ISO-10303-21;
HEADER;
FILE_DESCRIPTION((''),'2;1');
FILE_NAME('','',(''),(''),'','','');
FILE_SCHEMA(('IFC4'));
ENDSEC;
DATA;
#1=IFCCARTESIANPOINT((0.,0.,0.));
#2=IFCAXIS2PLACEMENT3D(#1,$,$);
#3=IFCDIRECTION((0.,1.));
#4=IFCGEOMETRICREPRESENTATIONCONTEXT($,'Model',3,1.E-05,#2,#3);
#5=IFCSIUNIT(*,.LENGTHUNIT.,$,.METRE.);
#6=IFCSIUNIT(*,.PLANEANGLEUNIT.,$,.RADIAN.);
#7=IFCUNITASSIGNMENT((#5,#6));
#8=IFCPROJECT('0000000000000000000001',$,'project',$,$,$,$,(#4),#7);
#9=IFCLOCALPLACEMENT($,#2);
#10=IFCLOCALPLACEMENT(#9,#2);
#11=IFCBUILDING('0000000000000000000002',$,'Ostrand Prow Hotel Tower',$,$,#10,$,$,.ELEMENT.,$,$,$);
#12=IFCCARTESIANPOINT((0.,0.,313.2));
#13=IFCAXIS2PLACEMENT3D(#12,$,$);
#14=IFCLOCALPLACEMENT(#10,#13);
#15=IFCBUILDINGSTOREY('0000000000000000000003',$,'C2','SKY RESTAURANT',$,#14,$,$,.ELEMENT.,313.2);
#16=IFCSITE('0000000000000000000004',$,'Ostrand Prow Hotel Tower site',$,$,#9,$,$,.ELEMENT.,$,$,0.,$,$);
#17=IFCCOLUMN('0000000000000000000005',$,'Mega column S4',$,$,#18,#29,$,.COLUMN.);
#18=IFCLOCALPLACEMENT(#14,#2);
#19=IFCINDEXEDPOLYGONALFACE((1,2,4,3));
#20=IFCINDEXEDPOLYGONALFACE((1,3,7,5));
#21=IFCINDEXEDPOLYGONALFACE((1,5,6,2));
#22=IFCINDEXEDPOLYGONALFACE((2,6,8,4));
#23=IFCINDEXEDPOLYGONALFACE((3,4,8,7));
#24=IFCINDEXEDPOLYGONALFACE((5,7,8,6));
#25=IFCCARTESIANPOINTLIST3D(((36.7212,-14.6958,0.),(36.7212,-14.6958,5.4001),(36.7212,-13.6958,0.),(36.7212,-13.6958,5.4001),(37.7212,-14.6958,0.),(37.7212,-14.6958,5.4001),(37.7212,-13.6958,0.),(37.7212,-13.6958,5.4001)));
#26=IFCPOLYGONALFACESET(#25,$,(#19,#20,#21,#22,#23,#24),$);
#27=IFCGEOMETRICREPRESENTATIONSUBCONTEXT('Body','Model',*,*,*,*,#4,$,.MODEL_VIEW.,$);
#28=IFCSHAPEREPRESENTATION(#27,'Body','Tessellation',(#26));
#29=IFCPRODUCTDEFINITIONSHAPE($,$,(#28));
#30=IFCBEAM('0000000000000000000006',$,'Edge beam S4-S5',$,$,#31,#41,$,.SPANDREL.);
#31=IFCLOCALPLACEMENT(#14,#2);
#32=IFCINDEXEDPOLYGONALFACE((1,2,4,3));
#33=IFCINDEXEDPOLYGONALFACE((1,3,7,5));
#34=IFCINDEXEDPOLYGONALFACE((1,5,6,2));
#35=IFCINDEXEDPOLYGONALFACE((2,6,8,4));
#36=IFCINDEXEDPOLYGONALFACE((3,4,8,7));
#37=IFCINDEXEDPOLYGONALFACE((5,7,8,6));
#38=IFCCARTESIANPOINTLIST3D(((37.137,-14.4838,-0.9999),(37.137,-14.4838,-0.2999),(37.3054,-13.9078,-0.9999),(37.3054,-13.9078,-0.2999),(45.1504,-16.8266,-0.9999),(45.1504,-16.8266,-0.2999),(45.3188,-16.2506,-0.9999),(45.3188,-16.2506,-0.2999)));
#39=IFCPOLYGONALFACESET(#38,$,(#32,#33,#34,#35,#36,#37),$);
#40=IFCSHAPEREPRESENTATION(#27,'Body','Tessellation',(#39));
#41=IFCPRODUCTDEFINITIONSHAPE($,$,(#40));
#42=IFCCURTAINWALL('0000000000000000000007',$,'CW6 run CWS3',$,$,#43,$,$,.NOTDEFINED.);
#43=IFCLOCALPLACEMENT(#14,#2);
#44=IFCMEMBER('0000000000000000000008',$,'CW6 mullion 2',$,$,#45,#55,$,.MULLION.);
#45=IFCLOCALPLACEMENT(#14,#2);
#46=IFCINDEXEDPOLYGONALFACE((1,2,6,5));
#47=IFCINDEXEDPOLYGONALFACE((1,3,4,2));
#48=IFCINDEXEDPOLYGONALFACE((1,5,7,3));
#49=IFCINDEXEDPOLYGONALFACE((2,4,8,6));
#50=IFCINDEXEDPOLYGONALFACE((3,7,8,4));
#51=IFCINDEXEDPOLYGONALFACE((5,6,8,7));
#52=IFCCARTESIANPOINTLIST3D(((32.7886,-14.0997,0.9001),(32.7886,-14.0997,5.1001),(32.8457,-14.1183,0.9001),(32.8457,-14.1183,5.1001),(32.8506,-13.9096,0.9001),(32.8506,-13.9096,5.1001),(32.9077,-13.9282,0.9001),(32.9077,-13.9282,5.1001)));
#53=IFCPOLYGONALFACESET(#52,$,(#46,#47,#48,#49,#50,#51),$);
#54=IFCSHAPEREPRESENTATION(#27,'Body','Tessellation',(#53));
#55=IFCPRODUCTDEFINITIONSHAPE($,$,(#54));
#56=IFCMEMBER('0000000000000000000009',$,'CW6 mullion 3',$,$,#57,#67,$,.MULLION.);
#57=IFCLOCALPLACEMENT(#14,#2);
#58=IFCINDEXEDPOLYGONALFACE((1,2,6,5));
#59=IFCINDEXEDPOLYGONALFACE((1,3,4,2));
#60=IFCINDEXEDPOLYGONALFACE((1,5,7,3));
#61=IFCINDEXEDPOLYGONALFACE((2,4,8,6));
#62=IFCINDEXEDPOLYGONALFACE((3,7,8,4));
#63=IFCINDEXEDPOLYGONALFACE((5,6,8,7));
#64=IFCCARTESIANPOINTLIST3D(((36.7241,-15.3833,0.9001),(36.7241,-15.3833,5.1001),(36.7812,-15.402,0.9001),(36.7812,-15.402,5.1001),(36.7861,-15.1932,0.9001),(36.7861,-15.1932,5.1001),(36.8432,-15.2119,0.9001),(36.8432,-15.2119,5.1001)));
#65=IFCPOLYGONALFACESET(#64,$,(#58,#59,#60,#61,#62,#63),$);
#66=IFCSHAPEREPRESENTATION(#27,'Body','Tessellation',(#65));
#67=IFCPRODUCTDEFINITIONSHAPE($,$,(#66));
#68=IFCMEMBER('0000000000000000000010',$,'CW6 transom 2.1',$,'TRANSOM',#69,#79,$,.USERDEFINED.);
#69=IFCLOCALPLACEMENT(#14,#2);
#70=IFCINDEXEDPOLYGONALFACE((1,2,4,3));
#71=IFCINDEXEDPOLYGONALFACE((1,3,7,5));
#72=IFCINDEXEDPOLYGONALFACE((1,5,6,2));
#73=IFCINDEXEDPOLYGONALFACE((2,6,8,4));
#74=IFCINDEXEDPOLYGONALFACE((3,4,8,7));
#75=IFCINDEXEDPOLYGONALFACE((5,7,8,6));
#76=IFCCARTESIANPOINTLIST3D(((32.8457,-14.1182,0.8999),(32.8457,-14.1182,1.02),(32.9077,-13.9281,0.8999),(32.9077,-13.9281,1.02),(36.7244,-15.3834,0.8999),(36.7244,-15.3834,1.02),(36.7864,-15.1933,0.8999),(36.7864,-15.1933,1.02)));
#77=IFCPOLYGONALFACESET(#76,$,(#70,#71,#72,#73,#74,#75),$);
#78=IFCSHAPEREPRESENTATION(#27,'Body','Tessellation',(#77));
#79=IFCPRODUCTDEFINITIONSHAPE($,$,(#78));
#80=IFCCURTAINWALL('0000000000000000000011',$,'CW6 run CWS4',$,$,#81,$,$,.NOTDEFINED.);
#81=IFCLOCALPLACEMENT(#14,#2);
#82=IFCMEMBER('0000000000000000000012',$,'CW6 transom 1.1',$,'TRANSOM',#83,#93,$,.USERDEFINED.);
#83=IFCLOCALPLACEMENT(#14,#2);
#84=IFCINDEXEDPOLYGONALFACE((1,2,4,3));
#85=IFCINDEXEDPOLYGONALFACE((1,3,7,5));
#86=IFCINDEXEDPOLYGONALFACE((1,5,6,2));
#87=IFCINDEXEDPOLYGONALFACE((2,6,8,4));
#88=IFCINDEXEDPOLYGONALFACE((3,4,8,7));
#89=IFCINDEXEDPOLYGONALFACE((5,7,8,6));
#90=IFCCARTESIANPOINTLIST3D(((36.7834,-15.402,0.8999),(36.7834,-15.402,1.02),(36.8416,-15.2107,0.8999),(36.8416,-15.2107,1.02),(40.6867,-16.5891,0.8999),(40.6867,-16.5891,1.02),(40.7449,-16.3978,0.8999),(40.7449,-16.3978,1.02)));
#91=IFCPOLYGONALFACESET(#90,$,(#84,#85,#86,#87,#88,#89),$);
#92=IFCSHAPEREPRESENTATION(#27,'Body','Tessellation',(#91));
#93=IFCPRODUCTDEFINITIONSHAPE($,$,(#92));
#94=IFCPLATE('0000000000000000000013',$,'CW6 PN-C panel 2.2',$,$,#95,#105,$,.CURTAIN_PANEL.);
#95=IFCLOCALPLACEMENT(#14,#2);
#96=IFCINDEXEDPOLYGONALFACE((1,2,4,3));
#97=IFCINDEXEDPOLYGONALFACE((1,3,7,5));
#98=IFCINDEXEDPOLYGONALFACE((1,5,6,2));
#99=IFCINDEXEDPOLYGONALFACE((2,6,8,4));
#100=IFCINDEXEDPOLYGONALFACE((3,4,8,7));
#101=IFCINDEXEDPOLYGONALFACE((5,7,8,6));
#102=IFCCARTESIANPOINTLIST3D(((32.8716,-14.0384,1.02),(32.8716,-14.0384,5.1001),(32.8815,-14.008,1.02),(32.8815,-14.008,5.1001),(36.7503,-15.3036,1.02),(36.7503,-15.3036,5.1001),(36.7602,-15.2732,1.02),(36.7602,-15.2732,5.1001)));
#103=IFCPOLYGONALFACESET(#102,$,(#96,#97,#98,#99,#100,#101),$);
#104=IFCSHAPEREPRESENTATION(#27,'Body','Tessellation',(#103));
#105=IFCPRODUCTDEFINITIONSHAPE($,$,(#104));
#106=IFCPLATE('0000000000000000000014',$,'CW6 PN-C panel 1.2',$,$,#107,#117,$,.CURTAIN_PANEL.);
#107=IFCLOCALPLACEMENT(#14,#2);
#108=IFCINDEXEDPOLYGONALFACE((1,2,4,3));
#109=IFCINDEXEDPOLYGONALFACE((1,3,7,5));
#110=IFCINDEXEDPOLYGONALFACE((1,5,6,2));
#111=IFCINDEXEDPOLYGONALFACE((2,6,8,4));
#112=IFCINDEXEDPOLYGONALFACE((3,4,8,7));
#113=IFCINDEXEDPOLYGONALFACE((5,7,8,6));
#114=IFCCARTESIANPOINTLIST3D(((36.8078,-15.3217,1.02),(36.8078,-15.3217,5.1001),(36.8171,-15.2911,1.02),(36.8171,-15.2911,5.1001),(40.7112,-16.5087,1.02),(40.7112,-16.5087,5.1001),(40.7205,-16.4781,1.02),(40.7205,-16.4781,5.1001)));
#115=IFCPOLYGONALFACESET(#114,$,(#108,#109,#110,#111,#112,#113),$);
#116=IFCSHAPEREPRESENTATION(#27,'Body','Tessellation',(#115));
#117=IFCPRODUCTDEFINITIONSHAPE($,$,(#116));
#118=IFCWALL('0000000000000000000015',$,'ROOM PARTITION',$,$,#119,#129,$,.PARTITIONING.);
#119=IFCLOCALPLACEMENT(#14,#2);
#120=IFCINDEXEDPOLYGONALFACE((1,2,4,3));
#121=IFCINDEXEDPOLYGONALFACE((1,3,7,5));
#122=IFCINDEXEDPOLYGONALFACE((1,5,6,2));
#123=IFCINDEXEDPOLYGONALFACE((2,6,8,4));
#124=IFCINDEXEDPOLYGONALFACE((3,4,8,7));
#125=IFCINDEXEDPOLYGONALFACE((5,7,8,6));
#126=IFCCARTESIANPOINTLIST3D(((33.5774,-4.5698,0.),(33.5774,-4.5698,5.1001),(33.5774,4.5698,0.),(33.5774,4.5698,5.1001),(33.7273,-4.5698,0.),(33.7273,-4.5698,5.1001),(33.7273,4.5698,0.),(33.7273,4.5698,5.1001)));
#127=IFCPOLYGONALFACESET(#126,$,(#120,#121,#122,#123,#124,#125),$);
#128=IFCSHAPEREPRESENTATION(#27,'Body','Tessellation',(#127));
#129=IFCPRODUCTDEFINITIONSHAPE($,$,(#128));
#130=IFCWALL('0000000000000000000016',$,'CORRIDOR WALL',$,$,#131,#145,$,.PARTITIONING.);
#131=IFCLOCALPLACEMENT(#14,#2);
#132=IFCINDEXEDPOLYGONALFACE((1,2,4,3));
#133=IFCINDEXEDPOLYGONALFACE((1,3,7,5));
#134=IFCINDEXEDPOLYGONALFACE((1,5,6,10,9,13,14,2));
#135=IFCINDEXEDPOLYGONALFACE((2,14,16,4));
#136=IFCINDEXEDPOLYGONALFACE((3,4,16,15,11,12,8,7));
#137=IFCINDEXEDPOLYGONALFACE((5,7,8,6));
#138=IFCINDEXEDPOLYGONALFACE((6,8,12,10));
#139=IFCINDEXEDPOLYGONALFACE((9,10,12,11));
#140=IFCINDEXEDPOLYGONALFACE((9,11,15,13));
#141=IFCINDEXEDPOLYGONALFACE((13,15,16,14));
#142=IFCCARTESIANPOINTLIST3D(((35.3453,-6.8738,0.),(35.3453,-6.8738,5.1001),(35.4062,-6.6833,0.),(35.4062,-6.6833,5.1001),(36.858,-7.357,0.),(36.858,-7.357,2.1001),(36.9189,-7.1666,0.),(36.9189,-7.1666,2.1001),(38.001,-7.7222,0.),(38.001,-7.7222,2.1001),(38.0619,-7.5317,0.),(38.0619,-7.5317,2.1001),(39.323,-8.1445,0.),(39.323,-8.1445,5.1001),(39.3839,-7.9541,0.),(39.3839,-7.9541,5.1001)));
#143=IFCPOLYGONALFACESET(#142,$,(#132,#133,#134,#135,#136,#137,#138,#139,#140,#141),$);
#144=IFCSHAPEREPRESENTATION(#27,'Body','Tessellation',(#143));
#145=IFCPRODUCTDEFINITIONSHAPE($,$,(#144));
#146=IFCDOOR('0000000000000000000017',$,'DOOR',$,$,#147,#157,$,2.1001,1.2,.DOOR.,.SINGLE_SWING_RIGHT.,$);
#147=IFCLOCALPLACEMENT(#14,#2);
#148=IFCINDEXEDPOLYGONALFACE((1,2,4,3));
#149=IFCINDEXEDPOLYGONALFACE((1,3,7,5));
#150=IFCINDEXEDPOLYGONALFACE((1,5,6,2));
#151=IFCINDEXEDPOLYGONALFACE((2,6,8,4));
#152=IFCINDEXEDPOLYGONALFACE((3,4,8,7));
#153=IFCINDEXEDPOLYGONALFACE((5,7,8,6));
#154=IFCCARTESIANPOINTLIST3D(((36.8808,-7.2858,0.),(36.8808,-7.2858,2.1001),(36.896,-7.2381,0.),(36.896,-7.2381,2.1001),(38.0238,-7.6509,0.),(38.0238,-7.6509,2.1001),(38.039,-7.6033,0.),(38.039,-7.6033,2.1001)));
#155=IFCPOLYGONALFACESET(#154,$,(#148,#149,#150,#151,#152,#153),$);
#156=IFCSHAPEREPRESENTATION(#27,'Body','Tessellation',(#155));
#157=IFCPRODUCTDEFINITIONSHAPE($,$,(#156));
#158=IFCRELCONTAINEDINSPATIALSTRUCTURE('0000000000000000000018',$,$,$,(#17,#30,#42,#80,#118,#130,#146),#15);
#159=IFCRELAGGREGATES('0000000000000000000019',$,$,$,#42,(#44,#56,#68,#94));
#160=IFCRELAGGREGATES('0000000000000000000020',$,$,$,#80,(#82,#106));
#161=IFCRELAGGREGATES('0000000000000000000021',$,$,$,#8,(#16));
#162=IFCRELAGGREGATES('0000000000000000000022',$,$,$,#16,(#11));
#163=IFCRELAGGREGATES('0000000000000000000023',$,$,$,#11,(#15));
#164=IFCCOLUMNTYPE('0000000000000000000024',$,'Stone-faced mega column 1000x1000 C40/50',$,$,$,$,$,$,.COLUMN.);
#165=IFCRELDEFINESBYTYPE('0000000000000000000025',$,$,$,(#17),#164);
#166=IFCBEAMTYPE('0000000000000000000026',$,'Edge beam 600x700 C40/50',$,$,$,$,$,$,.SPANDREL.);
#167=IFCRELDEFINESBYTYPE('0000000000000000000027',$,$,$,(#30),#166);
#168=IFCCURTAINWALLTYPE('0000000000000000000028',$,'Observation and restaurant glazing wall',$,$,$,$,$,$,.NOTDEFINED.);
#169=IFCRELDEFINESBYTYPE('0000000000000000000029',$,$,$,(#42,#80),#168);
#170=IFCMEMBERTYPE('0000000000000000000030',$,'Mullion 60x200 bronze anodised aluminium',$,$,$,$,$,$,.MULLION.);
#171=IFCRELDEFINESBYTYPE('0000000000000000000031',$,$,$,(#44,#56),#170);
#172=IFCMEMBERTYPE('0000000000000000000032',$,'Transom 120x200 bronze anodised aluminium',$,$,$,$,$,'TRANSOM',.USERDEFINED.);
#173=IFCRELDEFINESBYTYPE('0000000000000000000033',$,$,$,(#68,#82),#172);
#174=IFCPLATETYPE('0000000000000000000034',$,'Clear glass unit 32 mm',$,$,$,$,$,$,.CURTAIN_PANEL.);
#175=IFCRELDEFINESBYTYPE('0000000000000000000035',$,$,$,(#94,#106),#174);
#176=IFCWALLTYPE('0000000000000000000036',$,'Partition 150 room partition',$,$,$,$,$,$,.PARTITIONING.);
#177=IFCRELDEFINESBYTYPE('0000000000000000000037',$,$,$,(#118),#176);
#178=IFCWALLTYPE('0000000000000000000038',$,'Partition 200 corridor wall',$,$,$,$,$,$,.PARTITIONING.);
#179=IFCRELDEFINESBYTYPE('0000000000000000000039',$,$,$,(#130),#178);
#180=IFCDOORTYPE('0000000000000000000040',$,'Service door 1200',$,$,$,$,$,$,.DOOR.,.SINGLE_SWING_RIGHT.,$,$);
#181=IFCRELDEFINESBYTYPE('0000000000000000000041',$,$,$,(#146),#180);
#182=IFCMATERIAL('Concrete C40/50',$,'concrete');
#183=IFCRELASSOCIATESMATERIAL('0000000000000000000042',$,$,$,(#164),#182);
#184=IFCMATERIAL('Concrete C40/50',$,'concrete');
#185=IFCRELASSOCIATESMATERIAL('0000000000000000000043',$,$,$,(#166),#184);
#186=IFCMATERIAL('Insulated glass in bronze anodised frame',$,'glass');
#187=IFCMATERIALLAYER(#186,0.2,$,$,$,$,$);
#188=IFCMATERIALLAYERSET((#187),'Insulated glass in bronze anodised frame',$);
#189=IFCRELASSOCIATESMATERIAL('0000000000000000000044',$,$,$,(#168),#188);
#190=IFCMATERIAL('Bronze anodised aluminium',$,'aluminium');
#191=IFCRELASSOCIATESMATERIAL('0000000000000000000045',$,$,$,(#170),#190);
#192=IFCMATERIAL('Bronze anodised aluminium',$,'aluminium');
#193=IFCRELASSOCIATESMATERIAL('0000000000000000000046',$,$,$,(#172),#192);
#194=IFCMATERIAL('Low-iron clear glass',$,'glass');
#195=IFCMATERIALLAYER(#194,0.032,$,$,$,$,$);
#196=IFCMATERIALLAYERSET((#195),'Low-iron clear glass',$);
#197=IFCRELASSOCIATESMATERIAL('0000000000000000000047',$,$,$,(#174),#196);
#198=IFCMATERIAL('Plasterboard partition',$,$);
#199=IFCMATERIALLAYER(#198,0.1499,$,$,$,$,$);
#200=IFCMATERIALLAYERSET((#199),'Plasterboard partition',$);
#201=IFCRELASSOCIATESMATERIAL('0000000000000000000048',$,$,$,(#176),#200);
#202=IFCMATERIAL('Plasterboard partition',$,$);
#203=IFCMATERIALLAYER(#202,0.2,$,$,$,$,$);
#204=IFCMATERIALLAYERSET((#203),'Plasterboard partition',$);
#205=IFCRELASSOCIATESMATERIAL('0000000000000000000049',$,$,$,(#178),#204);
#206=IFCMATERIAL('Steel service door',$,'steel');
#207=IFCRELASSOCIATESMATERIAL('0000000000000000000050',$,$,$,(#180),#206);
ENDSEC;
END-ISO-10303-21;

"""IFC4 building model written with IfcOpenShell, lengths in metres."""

from ifc_helpers import new_model, si_unit, direction, frame, frame_2d, origin, origin_2d, place, context, subcontext, project, spatial, rectangle, extrude, material, layer, layer_set, material_profile, profile_set, type_object, element, fill, aggregate, save


model = new_model("IFC4")

# Units and contexts
model_context = context("Model", 3, precision=1e-05, world=origin(), true_north=direction((0.0, 1.0)))
body_context = subcontext(model_context, "Body", "Model", "MODEL_VIEW")
ifc_project = project(units=[si_unit("LENGTHUNIT", "METRE"), si_unit("PLANEANGLEUNIT", "RADIAN")], contexts=[model_context])

# Site, building, storey
site_placement = place(None, origin())
site = spatial("IfcSite", under=ifc_project, at=site_placement, Name="Ostrand Prow Hotel Tower site", CompositionType="ELEMENT", RefElevation=0.0)
building_placement = place(site_placement, origin())
building = spatial("IfcBuilding", under=site, at=building_placement, Name="Ostrand Prow Hotel Tower", CompositionType="ELEMENT")
storey_placement = place(building_placement, frame((0.0, 0.0, 313.2)))
storey = spatial("IfcBuildingStorey", under=building, at=storey_placement, Name="C2", Description="SKY RESTAURANT", CompositionType="ELEMENT", Elevation=313.2)

# Column
ifc_material_1 = material(Name="Concrete C40/50", Category="concrete")
ifc_material_profile_1 = material_profile(ifc_material_1, rectangle(XDim=1.0, YDim=1.0, at=origin_2d()), Name="RC 1000x1000")
ifc_profile_set_1 = profile_set([ifc_material_profile_1], Name="Concrete C40/50")
column_type = type_object("IfcColumnType", Name="Stone-faced mega column 1000x1000 C40/50", PredefinedType="COLUMN", material=ifc_profile_set_1)
column_placement = place(storey_placement, frame((37.2212, -14.1958, 0.0), z_axis=(0.0, 0.0, 1.0), x_axis=(1.0, 0.0, 0.0)))
element("IfcColumn", 1, at=column_placement, inside=storey, type_object=column_type, Name="Mega column S4", PredefinedType="COLUMN", context=body_context, shape_type="SweptSolid", body=[
    extrude(rectangle(XDim=1.0, YDim=1.0, at=origin_2d()), origin(), (0.0, 0.0, 1.0), 5.4001),
])

# Beam
ifc_material_2 = material(Name="Concrete C40/50", Category="concrete")
ifc_material_profile_2 = material_profile(ifc_material_2, rectangle(XDim=0.6001, YDim=0.7, at=origin_2d()), Name="RC 600x700")
ifc_profile_set_2 = profile_set([ifc_material_profile_2], Name="Concrete C40/50")
beam_type = type_object("IfcBeamType", Name="Edge beam 600x700 C40/50", PredefinedType="SPANDREL", material=ifc_profile_set_2)
beam_placement = place(storey_placement, frame((37.2212, -14.1958, -0.6499), z_axis=(0.959822, -0.28061, 0.0), x_axis=(0.28061, 0.959822, 0.0)))
element("IfcBeam", 2, at=beam_placement, inside=storey, type_object=beam_type, Name="Edge beam S4-S5", PredefinedType="SPANDREL", context=body_context, shape_type="SweptSolid", body=[
    extrude(rectangle(XDim=0.6001, YDim=0.7, at=origin_2d()), origin(), (0.0, 0.0, 1.0), 8.3489),
])

# Curtain wall, members
ifc_material_3 = material(Name="Insulated glass in bronze anodised frame", Category="glass")
ifc_layer_1 = layer(ifc_material_3, 0.2)
ifc_layer_set_1 = layer_set([ifc_layer_1], Name="Insulated glass in bronze anodised frame")
curtain_wall_type = type_object("IfcCurtainWallType", Name="Observation and restaurant glazing wall", PredefinedType="NOTDEFINED", material=ifc_layer_set_1)
curtain_wall_1_placement = place(storey_placement, origin())
curtain_wall_1 = element("IfcCurtainWall", 3, at=curtain_wall_1_placement, inside=storey, type_object=curtain_wall_type, Name="CW6 run CWS3", PredefinedType="NOTDEFINED")
ifc_material_4 = material(Name="Bronze anodised aluminium", Category="aluminium")
ifc_material_profile_3 = material_profile(ifc_material_4, rectangle(XDim=0.2, YDim=0.0601, at=origin_2d()), Name="Mullion 60x200 bronze anodised aluminium")
ifc_profile_set_3 = profile_set([ifc_material_profile_3], Name="Bronze anodised aluminium")
member_type_1 = type_object("IfcMemberType", Name="Mullion 60x200 bronze anodised aluminium", PredefinedType="MULLION", material=ifc_profile_set_3)
member_1_placement = place(storey_placement, frame((32.8481, -14.0139, 0.9001), z_axis=(0.0, 0.0, 1.0), x_axis=(0.310111, 0.9507, 0.0)))
member_1 = element("IfcMember", 4, at=member_1_placement, type_object=member_type_1, Name="CW6 mullion 2", PredefinedType="MULLION", context=body_context, shape_type="SweptSolid", body=[
    extrude(rectangle(XDim=0.2, YDim=0.0601, at=origin_2d()), origin(), (0.0, 0.0, 1.0), 4.2),
])
member_2_placement = place(storey_placement, frame((36.7837, -15.2976, 0.9001), z_axis=(0.0, 0.0, 1.0), x_axis=(0.310111, 0.9507, 0.0)))
member_2 = element("IfcMember", 5, at=member_2_placement, type_object=member_type_1, Name="CW6 mullion 3", PredefinedType="MULLION", context=body_context, shape_type="SweptSolid", body=[
    extrude(rectangle(XDim=0.2, YDim=0.0601, at=origin_2d()), origin(), (0.0, 0.0, 1.0), 4.2),
])
ifc_material_5 = material(Name="Bronze anodised aluminium", Category="aluminium")
ifc_material_profile_4 = material_profile(ifc_material_5, rectangle(XDim=0.2, YDim=0.1201, at=origin_2d()), Name="Transom 120x200 bronze anodised aluminium")
ifc_profile_set_4 = profile_set([ifc_material_profile_4], Name="Bronze anodised aluminium")
member_type_2 = type_object("IfcMemberType", Name="Transom 120x200 bronze anodised aluminium", ElementType="TRANSOM", PredefinedType="USERDEFINED", material=ifc_profile_set_4)
member_3_placement = place(storey_placement, frame((32.8767, -14.0232, 0.96), z_axis=(0.950704, -0.310099, 0.0), x_axis=(0.310099, 0.950704, 0.0)))
member_3 = element("IfcMember", 6, at=member_3_placement, type_object=member_type_2, Name="CW6 transom 2.1", ObjectType="TRANSOM", PredefinedType="USERDEFINED", context=body_context, shape_type="SweptSolid", body=[
    extrude(rectangle(XDim=0.2, YDim=0.1201, at=origin_2d()), origin(), (0.0, 0.0, 1.0), 4.0798),
])

# Curtain wall, member
curtain_wall_2_placement = place(storey_placement, origin())
curtain_wall_2 = element("IfcCurtainWall", 7, at=curtain_wall_2_placement, inside=storey, type_object=curtain_wall_type, Name="CW6 run CWS4", PredefinedType="NOTDEFINED")
member_4_placement = place(storey_placement, frame((36.8125, -15.3064, 0.96), z_axis=(0.956739, -0.290947, 0.0), x_axis=(0.290947, 0.956739, 0.0)))
member_4 = element("IfcMember", 8, at=member_4_placement, type_object=member_type_2, Name="CW6 transom 1.1", ObjectType="TRANSOM", PredefinedType="USERDEFINED", context=body_context, shape_type="SweptSolid", body=[
    extrude(rectangle(XDim=0.2, YDim=0.1201, at=origin_2d()), origin(), (0.0, 0.0, 1.0), 4.0798),
])

# Plates
ifc_material_6 = material(Name="Low-iron clear glass", Category="glass")
ifc_layer_2 = layer(ifc_material_6, 0.032)
ifc_layer_set_2 = layer_set([ifc_layer_2], Name="Low-iron clear glass")
plate_type = type_object("IfcPlateType", Name="Clear glass unit 32 mm", PredefinedType="CURTAIN_PANEL", material=ifc_layer_set_2)
plate_1_placement = place(storey_placement, frame((34.8159, -14.6558, 1.02), z_axis=(0.0, 0.0, 1.0), x_axis=(0.9507, -0.310111, 0.0)))
plate_1 = element("IfcPlate", 9, at=plate_1_placement, type_object=plate_type, Name="CW6 PN-C panel 2.2", PredefinedType="CURTAIN_PANEL", context=body_context, shape_type="SweptSolid", body=[
    extrude(rectangle(XDim=4.0798, YDim=0.032, at=origin_2d()), origin(), (0.0, 0.0, 1.0), 4.0801),
])
aggregate(curtain_wall_1, [member_1, member_2, member_3, plate_1])
plate_2_placement = place(storey_placement, frame((38.7642, -15.8999, 1.02), z_axis=(0.0, 0.0, 1.0), x_axis=(0.956742, -0.290938, 0.0)))
plate_2 = element("IfcPlate", 10, at=plate_2_placement, type_object=plate_type, Name="CW6 PN-C panel 1.2", PredefinedType="CURTAIN_PANEL", context=body_context, shape_type="SweptSolid", body=[
    extrude(rectangle(XDim=4.0798, YDim=0.032, at=origin_2d()), origin(), (0.0, 0.0, 1.0), 4.0801),
])
aggregate(curtain_wall_2, [member_4, plate_2])

# Wall
ifc_material_7 = material(Name="Plasterboard partition")
ifc_layer_3 = layer(ifc_material_7, 0.1499)
ifc_layer_set_3 = layer_set([ifc_layer_3], Name="Plasterboard partition")
wall_type_1 = type_object("IfcWallType", Name="Partition 150 room partition", PredefinedType="PARTITIONING", material=ifc_layer_set_3)
wall_1_placement = place(storey_placement, frame((33.6523, -4.5698, 0.0), z_axis=(0.0, 0.0, 1.0), x_axis=(0.0, 1.0, 0.0)))
element("IfcWall", 11, at=wall_1_placement, inside=storey, type_object=wall_type_1, Name="ROOM PARTITION", PredefinedType="PARTITIONING", context=body_context, shape_type="SweptSolid", body=[
    extrude(rectangle(XDim=9.1396, YDim=0.1499, at=frame_2d((4.5698, 0.0))), origin(), (0.0, 0.0, 1.0), 5.1001),
])

# Wall, opening, door
ifc_material_8 = material(Name="Plasterboard partition")
ifc_layer_4 = layer(ifc_material_8, 0.2)
ifc_layer_set_4 = layer_set([ifc_layer_4], Name="Plasterboard partition")
wall_type_2 = type_object("IfcWallType", Name="Partition 200 corridor wall", PredefinedType="PARTITIONING", material=ifc_layer_set_4)
wall_2_placement = place(storey_placement, frame((35.3757, -6.7786, 0.0), z_axis=(0.0, 0.0, 1.0), x_axis=(0.952573, -0.304311, 0.0)))
wall_2 = element("IfcWall", 12, at=wall_2_placement, inside=storey, type_object=wall_type_2, Name="CORRIDOR WALL", PredefinedType="PARTITIONING", context=body_context, shape_type="SweptSolid", body=[
    extrude(rectangle(XDim=4.1758, YDim=0.2, at=frame_2d((2.0879, 0.0))), origin(), (0.0, 0.0, 1.0), 5.1001),
])
opening_1_placement = place(wall_2_placement, frame((1.5879, 0.0, 0.0)))
opening_1 = element("IfcOpeningElement", 13, at=opening_1_placement, cuts=wall_2, PredefinedType="OPENING", context=body_context, shape_type="SweptSolid", body=[
    extrude(rectangle(XDim=1.2, YDim=2.1001, at=frame_2d((0.6001, 1.05))), frame((0.0, 0.1099, 0.0), z_axis=(0.0, -1.0, 0.0), x_axis=(1.0, 0.0, 0.0)), (0.0, 0.0, 1.0), 0.22),
])
ifc_material_9 = material(Name="Steel service door", Category="steel")
door_type_1 = type_object("IfcDoorType", Name="Service door 1200", OperationType="SINGLE_SWING_RIGHT", PredefinedType="DOOR", material=ifc_material_9)
door_1_placement = place(opening_1_placement, origin())
door_1 = element("IfcDoor", 14, at=door_1_placement, inside=storey, type_object=door_type_1, Name="DOOR", OperationType="SINGLE_SWING_RIGHT", OverallHeight=2.1001, OverallWidth=1.2, PredefinedType="DOOR", context=body_context, shape_type="SweptSolid", body=[
    extrude(rectangle(XDim=1.2, YDim=2.1001, at=frame_2d((0.6001, 1.05))), frame((0.0, 0.0249, 0.0), z_axis=(0.0, -1.0, 0.0), x_axis=(1.0, 0.0, 0.0)), (0.0, 0.0, 1.0), 0.05),
])
fill(opening_1, door_1)

save(model, "model.ifc")
